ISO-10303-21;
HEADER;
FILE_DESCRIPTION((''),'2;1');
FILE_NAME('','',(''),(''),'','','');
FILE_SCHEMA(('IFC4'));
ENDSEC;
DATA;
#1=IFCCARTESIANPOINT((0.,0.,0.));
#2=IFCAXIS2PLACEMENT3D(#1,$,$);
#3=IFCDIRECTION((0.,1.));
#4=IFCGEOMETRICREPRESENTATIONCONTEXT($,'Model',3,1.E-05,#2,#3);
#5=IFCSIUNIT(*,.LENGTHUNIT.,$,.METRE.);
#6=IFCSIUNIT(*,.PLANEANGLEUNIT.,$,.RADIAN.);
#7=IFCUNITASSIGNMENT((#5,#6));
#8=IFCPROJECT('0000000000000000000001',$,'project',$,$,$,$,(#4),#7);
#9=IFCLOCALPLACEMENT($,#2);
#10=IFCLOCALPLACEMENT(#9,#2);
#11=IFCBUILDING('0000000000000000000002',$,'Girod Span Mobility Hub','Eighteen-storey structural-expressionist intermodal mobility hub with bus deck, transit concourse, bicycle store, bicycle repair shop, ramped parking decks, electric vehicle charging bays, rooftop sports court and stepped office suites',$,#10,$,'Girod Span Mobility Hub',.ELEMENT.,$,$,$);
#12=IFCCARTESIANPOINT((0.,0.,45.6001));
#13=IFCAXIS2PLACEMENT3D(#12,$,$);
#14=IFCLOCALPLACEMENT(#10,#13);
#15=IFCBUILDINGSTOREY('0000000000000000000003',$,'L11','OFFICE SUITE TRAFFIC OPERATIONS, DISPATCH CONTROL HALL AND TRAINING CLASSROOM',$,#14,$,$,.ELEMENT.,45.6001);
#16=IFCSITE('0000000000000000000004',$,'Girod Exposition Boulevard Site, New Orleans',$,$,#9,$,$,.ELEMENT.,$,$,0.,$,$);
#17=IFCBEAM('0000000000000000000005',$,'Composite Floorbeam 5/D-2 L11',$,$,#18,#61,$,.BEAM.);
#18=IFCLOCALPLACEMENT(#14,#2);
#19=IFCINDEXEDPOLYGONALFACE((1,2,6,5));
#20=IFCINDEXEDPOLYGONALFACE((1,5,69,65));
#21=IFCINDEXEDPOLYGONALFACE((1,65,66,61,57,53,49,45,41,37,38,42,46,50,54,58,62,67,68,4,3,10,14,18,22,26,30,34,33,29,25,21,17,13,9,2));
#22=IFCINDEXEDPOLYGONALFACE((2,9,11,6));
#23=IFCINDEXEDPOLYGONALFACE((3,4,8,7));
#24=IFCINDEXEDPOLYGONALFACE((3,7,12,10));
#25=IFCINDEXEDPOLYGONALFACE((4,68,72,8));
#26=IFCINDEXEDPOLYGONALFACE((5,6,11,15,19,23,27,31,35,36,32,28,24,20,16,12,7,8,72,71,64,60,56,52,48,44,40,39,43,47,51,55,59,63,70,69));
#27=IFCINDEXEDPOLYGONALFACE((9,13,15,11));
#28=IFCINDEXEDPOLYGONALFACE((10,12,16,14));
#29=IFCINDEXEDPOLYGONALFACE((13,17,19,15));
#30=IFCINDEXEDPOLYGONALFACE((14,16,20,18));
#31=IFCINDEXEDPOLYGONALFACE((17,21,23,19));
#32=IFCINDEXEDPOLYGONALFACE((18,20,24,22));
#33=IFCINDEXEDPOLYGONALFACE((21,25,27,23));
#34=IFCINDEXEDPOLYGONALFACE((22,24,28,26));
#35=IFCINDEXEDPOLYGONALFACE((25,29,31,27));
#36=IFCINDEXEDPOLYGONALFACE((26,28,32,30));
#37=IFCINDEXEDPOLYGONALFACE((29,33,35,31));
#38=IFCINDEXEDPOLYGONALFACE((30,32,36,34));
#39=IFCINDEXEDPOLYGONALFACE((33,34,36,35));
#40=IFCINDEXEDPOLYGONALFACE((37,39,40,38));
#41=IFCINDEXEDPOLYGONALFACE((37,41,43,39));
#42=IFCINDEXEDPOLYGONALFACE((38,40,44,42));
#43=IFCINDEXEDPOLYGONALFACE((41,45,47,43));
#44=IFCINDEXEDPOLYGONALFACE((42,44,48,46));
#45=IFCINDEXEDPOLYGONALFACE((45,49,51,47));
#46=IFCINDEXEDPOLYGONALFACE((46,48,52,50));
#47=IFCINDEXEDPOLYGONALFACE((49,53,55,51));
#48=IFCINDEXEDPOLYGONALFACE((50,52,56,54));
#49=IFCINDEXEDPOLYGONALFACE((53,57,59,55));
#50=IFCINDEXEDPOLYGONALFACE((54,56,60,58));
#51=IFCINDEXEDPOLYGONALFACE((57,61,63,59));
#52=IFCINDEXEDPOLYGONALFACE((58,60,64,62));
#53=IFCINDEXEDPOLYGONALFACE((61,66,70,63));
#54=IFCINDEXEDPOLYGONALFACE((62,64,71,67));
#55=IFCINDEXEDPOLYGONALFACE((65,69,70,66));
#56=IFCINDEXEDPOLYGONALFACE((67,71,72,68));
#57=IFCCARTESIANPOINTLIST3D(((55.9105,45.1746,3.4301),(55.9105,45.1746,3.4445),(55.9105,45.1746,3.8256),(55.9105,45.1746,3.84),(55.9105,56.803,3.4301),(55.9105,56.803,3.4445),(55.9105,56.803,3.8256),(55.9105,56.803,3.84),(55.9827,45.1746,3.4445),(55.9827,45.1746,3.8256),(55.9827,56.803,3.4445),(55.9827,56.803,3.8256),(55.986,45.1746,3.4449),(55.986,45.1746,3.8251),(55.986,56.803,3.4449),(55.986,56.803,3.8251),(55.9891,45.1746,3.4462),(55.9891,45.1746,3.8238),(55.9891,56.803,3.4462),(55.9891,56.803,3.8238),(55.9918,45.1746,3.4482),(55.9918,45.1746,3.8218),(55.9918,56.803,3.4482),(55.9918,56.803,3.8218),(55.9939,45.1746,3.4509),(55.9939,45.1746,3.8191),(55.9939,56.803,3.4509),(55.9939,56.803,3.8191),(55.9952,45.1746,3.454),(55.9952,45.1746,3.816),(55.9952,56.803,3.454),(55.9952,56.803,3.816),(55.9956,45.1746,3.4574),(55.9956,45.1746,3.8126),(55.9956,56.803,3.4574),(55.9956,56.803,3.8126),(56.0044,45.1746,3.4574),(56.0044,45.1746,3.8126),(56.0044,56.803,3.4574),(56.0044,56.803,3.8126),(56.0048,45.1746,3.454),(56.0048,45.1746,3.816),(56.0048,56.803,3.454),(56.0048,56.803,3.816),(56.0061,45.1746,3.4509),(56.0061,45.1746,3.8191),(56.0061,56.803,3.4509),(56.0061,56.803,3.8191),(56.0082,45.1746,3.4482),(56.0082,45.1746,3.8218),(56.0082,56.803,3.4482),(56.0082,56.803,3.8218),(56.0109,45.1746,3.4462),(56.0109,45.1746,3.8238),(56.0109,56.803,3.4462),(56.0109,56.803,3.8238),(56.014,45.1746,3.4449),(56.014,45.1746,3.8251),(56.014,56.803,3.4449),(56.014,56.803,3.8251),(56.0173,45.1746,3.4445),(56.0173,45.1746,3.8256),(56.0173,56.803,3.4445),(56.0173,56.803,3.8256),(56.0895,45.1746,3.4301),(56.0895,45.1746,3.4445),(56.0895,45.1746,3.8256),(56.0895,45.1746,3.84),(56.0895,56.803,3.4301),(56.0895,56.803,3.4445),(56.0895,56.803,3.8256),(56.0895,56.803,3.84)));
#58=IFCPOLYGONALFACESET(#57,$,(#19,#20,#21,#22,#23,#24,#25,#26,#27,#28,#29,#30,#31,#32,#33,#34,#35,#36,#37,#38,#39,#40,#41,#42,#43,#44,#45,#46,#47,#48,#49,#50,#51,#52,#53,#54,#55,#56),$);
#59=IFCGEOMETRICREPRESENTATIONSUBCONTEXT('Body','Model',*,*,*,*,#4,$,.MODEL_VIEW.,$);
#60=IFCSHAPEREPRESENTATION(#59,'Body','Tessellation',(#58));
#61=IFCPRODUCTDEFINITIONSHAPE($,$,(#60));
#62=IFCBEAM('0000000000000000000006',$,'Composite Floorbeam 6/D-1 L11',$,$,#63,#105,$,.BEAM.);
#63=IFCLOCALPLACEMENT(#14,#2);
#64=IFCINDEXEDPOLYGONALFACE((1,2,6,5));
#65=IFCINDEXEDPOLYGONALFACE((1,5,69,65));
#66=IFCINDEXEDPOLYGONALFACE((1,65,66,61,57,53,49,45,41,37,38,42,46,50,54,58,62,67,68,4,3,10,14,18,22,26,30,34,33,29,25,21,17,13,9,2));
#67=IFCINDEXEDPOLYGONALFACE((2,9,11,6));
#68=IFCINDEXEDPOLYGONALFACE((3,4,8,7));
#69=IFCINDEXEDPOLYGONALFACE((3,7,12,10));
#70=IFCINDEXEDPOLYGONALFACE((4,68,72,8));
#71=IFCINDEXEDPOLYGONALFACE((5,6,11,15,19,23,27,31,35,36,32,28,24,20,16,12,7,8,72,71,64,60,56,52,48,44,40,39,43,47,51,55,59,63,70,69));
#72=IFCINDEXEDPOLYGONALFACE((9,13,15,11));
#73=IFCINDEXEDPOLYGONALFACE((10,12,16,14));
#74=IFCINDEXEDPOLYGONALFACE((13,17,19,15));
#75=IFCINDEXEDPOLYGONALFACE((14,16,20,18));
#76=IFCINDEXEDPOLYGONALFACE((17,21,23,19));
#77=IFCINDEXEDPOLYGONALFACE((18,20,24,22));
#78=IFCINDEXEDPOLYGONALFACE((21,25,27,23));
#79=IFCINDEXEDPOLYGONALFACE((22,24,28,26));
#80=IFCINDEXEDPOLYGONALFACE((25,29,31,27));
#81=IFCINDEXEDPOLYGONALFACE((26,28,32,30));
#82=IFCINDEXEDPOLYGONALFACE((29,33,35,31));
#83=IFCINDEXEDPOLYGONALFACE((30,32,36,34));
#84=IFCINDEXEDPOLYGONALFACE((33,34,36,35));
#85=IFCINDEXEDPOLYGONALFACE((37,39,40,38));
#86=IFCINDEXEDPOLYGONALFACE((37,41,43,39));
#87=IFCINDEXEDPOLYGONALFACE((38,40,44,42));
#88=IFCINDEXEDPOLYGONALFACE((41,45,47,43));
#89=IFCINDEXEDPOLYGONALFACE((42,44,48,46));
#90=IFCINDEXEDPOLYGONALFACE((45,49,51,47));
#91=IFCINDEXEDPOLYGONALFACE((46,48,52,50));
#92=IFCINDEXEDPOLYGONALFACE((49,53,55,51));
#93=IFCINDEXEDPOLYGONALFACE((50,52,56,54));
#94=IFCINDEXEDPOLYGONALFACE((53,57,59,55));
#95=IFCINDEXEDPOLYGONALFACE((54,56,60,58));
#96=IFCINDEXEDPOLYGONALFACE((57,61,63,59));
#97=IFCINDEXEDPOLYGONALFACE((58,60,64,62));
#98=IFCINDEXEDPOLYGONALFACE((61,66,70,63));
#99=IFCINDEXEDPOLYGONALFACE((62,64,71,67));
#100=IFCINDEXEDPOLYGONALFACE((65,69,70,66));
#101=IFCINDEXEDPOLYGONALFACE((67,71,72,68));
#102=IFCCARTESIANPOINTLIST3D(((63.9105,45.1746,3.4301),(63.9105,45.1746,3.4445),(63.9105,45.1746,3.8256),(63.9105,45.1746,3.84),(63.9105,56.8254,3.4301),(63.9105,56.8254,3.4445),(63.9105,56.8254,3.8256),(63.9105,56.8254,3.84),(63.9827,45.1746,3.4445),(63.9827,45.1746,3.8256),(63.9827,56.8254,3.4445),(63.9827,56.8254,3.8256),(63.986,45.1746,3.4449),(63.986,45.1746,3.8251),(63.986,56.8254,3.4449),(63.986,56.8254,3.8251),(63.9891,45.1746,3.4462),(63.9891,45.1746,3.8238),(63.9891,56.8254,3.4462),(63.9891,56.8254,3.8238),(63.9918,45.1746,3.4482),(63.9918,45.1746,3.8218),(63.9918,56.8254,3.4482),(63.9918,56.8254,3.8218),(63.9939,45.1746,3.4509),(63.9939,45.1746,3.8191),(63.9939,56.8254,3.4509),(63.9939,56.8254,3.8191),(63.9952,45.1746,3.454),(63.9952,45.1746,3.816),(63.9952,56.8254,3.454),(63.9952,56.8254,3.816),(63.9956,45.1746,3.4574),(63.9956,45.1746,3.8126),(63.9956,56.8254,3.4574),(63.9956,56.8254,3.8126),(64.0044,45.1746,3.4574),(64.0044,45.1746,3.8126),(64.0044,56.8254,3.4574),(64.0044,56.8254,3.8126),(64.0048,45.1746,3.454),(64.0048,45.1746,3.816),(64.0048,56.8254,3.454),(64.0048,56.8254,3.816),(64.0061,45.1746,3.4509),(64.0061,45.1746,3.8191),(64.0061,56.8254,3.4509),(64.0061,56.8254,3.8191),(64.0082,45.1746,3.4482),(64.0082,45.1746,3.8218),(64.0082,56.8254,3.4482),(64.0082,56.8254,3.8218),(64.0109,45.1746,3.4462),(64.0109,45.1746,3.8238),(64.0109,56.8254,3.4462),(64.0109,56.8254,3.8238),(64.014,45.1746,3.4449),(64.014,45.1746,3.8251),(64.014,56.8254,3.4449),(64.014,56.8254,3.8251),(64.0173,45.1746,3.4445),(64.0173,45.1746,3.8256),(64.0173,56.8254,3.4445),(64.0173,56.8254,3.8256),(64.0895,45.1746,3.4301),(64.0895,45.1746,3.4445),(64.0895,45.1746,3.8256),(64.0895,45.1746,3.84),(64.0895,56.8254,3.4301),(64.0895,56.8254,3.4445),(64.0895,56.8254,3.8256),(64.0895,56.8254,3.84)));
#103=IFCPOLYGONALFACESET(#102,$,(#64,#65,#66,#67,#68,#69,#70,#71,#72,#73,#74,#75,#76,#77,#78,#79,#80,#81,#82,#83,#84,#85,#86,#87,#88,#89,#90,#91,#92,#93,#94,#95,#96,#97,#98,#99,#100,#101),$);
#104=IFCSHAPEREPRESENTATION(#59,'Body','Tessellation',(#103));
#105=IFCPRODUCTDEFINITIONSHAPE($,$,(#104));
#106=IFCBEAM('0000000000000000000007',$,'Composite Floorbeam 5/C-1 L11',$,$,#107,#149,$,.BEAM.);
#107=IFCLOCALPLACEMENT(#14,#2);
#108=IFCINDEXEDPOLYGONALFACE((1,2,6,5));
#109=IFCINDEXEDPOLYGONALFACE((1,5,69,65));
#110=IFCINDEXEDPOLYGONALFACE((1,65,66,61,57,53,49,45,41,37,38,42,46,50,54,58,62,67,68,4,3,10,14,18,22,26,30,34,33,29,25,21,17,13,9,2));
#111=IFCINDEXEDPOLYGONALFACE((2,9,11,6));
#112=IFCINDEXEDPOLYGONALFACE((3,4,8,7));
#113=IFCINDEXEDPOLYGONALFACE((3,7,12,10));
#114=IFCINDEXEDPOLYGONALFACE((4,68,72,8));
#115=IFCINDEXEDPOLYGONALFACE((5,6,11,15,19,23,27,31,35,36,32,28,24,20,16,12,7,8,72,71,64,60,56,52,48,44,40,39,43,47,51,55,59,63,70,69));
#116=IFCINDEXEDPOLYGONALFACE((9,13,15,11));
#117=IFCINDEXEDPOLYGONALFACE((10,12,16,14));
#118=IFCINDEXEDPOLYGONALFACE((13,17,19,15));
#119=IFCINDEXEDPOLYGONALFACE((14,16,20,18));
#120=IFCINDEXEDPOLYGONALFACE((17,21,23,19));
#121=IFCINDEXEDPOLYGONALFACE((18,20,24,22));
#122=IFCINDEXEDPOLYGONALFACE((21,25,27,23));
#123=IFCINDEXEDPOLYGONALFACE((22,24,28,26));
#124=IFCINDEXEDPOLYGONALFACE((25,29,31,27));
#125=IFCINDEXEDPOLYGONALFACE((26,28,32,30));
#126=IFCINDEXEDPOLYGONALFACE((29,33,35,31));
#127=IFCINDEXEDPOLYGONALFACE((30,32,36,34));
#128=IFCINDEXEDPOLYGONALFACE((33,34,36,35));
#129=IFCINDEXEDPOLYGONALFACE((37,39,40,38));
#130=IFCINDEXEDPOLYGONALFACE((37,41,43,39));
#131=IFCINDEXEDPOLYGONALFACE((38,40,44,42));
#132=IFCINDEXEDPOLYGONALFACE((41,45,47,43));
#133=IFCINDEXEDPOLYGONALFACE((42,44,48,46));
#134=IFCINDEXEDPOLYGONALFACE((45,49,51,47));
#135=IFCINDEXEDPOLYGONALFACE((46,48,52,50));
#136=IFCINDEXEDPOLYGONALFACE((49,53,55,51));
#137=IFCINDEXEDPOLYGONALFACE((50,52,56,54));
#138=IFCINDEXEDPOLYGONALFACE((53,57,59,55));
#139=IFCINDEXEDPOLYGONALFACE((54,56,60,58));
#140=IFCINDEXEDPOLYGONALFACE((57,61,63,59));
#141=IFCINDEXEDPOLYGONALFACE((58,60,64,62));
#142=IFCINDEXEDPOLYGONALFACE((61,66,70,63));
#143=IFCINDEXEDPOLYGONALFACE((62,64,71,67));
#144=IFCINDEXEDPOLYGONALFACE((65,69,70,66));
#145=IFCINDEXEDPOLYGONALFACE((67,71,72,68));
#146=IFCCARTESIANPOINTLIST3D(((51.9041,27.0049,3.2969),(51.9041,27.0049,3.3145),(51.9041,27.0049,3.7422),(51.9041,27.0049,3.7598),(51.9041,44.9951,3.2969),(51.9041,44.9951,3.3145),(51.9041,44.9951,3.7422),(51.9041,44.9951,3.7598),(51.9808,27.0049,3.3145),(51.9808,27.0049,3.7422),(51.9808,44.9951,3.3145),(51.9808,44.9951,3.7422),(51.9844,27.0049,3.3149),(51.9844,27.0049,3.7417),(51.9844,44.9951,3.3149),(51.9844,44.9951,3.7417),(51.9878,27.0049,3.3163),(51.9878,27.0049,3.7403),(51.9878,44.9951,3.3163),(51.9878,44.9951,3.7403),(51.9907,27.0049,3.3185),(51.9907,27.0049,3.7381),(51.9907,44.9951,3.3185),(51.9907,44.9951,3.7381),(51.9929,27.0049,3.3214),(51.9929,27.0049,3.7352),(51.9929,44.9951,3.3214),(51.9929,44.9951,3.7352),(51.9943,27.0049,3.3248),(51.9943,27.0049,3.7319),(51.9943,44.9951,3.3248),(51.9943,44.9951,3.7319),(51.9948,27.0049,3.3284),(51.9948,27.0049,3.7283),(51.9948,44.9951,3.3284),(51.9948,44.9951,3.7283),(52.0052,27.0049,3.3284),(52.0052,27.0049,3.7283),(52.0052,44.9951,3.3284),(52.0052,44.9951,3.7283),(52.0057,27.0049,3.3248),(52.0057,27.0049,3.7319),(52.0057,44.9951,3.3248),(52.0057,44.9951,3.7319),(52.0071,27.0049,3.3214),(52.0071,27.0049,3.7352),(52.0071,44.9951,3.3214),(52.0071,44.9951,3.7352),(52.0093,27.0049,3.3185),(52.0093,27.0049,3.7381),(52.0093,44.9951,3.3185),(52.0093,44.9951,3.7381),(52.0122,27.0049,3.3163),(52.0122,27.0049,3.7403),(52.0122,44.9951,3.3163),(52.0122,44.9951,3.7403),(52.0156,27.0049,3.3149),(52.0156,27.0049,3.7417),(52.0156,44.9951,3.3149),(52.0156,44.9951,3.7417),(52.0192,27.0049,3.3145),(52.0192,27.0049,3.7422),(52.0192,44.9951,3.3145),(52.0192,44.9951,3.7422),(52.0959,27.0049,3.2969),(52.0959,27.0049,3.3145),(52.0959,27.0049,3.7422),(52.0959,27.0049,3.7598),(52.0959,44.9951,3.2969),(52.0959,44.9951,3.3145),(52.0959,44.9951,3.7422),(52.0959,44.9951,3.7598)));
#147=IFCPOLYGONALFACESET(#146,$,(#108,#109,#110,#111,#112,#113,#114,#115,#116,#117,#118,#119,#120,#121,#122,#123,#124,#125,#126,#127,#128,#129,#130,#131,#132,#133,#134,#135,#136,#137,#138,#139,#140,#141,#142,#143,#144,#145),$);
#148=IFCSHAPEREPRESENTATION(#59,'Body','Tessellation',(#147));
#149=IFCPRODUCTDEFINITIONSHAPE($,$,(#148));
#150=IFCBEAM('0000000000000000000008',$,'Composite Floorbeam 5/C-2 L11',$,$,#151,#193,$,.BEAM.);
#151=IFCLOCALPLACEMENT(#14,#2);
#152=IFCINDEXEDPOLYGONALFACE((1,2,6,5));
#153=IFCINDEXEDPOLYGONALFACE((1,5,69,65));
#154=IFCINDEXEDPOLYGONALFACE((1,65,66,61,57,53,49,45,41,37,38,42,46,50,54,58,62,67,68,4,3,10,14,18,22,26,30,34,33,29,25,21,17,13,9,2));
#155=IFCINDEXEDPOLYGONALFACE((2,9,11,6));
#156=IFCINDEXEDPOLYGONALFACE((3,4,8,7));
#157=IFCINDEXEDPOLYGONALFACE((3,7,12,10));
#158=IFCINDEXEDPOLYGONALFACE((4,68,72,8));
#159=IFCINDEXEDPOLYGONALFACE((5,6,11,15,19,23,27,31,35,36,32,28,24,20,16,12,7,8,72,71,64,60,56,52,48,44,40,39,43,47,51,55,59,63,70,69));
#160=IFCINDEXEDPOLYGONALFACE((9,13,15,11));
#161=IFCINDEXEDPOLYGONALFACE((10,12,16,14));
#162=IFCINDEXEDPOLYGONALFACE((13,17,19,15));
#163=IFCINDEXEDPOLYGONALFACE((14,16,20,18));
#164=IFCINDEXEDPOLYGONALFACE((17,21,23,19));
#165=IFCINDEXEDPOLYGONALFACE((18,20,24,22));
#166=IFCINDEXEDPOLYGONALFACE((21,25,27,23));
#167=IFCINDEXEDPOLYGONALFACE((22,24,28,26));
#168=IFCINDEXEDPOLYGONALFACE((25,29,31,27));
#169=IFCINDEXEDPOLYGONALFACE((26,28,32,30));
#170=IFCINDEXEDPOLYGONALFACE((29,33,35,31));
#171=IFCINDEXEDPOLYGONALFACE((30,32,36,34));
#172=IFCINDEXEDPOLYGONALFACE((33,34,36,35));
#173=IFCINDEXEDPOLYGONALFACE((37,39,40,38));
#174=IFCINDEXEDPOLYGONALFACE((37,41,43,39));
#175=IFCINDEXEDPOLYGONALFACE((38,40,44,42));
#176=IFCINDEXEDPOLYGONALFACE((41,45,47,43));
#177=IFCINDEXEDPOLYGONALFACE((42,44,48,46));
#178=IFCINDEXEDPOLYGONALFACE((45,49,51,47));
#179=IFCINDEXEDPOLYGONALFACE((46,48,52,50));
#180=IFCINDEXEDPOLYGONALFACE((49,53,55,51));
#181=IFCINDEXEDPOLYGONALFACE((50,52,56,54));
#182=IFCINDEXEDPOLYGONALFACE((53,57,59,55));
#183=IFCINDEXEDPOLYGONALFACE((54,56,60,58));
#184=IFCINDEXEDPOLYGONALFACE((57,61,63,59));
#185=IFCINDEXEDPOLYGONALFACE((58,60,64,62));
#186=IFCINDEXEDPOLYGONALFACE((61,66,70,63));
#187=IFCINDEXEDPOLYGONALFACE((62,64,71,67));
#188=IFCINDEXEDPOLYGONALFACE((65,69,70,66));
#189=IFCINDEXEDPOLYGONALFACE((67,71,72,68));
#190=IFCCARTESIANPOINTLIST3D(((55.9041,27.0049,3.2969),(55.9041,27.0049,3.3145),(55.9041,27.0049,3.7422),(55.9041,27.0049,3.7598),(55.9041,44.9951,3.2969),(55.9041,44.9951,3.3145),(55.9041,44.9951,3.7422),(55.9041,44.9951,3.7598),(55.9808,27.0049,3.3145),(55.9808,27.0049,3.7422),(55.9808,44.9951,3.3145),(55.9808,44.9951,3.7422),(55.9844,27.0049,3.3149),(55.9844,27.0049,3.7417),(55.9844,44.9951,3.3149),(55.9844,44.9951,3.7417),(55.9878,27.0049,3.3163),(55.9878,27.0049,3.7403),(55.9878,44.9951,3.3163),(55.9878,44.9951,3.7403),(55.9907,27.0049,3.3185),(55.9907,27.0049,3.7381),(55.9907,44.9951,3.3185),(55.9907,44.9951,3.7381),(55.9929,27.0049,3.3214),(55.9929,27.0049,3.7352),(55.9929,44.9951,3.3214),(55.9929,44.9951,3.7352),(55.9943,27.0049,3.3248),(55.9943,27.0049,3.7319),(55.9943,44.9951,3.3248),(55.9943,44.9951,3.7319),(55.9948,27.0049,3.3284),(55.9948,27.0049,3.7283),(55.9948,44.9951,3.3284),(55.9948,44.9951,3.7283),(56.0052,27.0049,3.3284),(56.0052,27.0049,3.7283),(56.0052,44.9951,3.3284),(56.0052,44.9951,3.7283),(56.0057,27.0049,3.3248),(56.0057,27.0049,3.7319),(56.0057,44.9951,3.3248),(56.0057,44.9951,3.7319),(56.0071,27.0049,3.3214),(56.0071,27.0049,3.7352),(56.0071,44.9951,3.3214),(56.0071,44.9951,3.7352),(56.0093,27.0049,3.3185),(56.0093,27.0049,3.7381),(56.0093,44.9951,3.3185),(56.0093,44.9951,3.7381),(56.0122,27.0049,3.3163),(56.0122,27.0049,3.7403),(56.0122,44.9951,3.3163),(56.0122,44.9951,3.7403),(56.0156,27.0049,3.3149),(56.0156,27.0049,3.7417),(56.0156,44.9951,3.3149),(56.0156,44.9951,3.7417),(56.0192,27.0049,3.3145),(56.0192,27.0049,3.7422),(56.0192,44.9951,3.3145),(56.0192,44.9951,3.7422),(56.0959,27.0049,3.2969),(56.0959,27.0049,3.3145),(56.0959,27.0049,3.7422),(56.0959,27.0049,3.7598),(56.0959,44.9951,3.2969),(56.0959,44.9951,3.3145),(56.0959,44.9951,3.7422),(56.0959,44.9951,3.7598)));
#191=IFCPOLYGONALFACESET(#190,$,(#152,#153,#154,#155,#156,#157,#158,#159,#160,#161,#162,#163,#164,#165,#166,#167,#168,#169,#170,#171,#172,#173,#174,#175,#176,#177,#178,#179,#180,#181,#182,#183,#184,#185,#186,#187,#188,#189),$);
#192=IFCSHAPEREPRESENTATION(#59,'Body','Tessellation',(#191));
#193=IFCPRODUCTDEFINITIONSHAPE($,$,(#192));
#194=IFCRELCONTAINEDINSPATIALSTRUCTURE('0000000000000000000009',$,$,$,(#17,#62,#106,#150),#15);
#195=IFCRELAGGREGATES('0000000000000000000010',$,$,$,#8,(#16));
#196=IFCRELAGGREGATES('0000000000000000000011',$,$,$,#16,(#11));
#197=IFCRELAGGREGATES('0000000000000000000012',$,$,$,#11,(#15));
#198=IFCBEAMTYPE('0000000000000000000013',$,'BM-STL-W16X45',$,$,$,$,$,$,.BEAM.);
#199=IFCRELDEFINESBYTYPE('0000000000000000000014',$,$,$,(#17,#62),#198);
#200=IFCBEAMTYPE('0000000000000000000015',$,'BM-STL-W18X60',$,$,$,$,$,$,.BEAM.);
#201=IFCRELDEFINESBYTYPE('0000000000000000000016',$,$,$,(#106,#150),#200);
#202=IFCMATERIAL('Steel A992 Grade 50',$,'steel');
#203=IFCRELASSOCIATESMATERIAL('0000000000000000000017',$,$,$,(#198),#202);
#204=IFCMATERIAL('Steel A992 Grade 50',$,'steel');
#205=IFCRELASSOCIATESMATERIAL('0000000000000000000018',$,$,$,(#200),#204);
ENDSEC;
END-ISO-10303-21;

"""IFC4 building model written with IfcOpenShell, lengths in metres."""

from ifc_helpers import new_model, si_unit, direction, frame, origin, origin_2d, place, context, subcontext, project, spatial, i_section, extrude, material, material_profile, profile_set, type_object, element, save


model = new_model("IFC4")

# Units and contexts
model_context = context("Model", 3, precision=1e-05, world=origin(), true_north=direction((0.0, 1.0)))
body_context = subcontext(model_context, "Body", "Model", "MODEL_VIEW")
ifc_project = project(units=[si_unit("LENGTHUNIT", "METRE"), si_unit("PLANEANGLEUNIT", "RADIAN")], contexts=[model_context])

# Site, building, storey
site_placement = place(None, origin())
site = spatial("IfcSite", under=ifc_project, at=site_placement, Name="Girod Exposition Boulevard Site, New Orleans", CompositionType="ELEMENT", RefElevation=0.0)
building_placement = place(site_placement, origin())
building = spatial("IfcBuilding", under=site, at=building_placement, Name="Girod Span Mobility Hub", Description="Eighteen-storey structural-expressionist intermodal mobility hub with bus deck, transit concourse, bicycle store, bicycle repair shop, ramped parking decks, electric vehicle charging bays, rooftop sports court and stepped office suites", LongName="Girod Span Mobility Hub", CompositionType="ELEMENT")
storey_placement = place(building_placement, frame((0.0, 0.0, 45.6001)))
storey = spatial("IfcBuildingStorey", under=building, at=storey_placement, Name="L11", Description="OFFICE SUITE TRAFFIC OPERATIONS, DISPATCH CONTROL HALL AND TRAINING CLASSROOM", CompositionType="ELEMENT", Elevation=45.6001)

# Beams
ifc_material_1 = material(Name="Steel A992 Grade 50", Category="steel")
ifc_material_profile_1 = material_profile(ifc_material_1, i_section(OverallWidth=0.179, OverallDepth=0.4099, WebThickness=0.0088, FlangeThickness=0.0144, FilletRadius=0.0129, at=origin_2d()), Name="W16X45")
ifc_profile_set_1 = profile_set([ifc_material_profile_1], Name="Steel A992 Grade 50")
beam_type_1 = type_object("IfcBeamType", Name="BM-STL-W16X45", PredefinedType="BEAM", material=ifc_profile_set_1)
for number, where, z_axis, x_axis, name in (
    (1, (56.0, 45.1746, 3.635), (0.0, 1.0, 0.0), (-1.0, 0.0, 0.0), "Composite Floorbeam 5/D-2 L11"),
):
    element("IfcBeam", number, at=place(storey_placement, frame(where, z_axis=z_axis, x_axis=x_axis)), inside=storey, type_object=beam_type_1, Name=name, PredefinedType="BEAM", context=body_context, shape_type="SweptSolid", body=[
        extrude(i_section(OverallWidth=0.179, OverallDepth=0.4099, WebThickness=0.0088, FlangeThickness=0.0144, FilletRadius=0.0129, at=origin_2d()), origin(), (0.0, 0.0, 1.0), 11.6284),
    ])
beam_1_placement = place(storey_placement, frame((64.0, 45.1746, 3.635), z_axis=(0.0, 1.0, 0.0), x_axis=(-1.0, 0.0, 0.0)))
element("IfcBeam", 2, at=beam_1_placement, inside=storey, type_object=beam_type_1, Name="Composite Floorbeam 6/D-1 L11", PredefinedType="BEAM", context=body_context, shape_type="SweptSolid", body=[
    extrude(i_section(OverallWidth=0.179, OverallDepth=0.4099, WebThickness=0.0088, FlangeThickness=0.0144, FilletRadius=0.0129, at=origin_2d()), origin(), (0.0, 0.0, 1.0), 11.6509),
])
ifc_material_2 = material(Name="Steel A992 Grade 50", Category="steel")
ifc_material_profile_2 = material_profile(ifc_material_2, i_section(OverallWidth=0.1919, OverallDepth=0.4629, WebThickness=0.0105, FlangeThickness=0.0176, FilletRadius=0.0139, at=origin_2d()), Name="W18X60")
ifc_profile_set_2 = profile_set([ifc_material_profile_2], Name="Steel A992 Grade 50")
beam_type_2 = type_object("IfcBeamType", Name="BM-STL-W18X60", PredefinedType="BEAM", material=ifc_profile_set_2)
for number, where, z_axis, x_axis, name in (
    (3, (52.0, 27.0049, 3.5283), (0.0, 1.0, 0.0), (-1.0, 0.0, 0.0), "Composite Floorbeam 5/C-1 L11"),
    (4, (56.0, 27.0049, 3.5283), (0.0, 1.0, 0.0), (-1.0, 0.0, 0.0), "Composite Floorbeam 5/C-2 L11"),
):
    element("IfcBeam", number, at=place(storey_placement, frame(where, z_axis=z_axis, x_axis=x_axis)), inside=storey, type_object=beam_type_2, Name=name, PredefinedType="BEAM", context=body_context, shape_type="SweptSolid", body=[
        extrude(i_section(OverallWidth=0.1919, OverallDepth=0.4629, WebThickness=0.0105, FlangeThickness=0.0176, FilletRadius=0.0139, at=origin_2d()), origin(), (0.0, 0.0, 1.0), 17.9902),
    ])

save(model, "model.ifc")
